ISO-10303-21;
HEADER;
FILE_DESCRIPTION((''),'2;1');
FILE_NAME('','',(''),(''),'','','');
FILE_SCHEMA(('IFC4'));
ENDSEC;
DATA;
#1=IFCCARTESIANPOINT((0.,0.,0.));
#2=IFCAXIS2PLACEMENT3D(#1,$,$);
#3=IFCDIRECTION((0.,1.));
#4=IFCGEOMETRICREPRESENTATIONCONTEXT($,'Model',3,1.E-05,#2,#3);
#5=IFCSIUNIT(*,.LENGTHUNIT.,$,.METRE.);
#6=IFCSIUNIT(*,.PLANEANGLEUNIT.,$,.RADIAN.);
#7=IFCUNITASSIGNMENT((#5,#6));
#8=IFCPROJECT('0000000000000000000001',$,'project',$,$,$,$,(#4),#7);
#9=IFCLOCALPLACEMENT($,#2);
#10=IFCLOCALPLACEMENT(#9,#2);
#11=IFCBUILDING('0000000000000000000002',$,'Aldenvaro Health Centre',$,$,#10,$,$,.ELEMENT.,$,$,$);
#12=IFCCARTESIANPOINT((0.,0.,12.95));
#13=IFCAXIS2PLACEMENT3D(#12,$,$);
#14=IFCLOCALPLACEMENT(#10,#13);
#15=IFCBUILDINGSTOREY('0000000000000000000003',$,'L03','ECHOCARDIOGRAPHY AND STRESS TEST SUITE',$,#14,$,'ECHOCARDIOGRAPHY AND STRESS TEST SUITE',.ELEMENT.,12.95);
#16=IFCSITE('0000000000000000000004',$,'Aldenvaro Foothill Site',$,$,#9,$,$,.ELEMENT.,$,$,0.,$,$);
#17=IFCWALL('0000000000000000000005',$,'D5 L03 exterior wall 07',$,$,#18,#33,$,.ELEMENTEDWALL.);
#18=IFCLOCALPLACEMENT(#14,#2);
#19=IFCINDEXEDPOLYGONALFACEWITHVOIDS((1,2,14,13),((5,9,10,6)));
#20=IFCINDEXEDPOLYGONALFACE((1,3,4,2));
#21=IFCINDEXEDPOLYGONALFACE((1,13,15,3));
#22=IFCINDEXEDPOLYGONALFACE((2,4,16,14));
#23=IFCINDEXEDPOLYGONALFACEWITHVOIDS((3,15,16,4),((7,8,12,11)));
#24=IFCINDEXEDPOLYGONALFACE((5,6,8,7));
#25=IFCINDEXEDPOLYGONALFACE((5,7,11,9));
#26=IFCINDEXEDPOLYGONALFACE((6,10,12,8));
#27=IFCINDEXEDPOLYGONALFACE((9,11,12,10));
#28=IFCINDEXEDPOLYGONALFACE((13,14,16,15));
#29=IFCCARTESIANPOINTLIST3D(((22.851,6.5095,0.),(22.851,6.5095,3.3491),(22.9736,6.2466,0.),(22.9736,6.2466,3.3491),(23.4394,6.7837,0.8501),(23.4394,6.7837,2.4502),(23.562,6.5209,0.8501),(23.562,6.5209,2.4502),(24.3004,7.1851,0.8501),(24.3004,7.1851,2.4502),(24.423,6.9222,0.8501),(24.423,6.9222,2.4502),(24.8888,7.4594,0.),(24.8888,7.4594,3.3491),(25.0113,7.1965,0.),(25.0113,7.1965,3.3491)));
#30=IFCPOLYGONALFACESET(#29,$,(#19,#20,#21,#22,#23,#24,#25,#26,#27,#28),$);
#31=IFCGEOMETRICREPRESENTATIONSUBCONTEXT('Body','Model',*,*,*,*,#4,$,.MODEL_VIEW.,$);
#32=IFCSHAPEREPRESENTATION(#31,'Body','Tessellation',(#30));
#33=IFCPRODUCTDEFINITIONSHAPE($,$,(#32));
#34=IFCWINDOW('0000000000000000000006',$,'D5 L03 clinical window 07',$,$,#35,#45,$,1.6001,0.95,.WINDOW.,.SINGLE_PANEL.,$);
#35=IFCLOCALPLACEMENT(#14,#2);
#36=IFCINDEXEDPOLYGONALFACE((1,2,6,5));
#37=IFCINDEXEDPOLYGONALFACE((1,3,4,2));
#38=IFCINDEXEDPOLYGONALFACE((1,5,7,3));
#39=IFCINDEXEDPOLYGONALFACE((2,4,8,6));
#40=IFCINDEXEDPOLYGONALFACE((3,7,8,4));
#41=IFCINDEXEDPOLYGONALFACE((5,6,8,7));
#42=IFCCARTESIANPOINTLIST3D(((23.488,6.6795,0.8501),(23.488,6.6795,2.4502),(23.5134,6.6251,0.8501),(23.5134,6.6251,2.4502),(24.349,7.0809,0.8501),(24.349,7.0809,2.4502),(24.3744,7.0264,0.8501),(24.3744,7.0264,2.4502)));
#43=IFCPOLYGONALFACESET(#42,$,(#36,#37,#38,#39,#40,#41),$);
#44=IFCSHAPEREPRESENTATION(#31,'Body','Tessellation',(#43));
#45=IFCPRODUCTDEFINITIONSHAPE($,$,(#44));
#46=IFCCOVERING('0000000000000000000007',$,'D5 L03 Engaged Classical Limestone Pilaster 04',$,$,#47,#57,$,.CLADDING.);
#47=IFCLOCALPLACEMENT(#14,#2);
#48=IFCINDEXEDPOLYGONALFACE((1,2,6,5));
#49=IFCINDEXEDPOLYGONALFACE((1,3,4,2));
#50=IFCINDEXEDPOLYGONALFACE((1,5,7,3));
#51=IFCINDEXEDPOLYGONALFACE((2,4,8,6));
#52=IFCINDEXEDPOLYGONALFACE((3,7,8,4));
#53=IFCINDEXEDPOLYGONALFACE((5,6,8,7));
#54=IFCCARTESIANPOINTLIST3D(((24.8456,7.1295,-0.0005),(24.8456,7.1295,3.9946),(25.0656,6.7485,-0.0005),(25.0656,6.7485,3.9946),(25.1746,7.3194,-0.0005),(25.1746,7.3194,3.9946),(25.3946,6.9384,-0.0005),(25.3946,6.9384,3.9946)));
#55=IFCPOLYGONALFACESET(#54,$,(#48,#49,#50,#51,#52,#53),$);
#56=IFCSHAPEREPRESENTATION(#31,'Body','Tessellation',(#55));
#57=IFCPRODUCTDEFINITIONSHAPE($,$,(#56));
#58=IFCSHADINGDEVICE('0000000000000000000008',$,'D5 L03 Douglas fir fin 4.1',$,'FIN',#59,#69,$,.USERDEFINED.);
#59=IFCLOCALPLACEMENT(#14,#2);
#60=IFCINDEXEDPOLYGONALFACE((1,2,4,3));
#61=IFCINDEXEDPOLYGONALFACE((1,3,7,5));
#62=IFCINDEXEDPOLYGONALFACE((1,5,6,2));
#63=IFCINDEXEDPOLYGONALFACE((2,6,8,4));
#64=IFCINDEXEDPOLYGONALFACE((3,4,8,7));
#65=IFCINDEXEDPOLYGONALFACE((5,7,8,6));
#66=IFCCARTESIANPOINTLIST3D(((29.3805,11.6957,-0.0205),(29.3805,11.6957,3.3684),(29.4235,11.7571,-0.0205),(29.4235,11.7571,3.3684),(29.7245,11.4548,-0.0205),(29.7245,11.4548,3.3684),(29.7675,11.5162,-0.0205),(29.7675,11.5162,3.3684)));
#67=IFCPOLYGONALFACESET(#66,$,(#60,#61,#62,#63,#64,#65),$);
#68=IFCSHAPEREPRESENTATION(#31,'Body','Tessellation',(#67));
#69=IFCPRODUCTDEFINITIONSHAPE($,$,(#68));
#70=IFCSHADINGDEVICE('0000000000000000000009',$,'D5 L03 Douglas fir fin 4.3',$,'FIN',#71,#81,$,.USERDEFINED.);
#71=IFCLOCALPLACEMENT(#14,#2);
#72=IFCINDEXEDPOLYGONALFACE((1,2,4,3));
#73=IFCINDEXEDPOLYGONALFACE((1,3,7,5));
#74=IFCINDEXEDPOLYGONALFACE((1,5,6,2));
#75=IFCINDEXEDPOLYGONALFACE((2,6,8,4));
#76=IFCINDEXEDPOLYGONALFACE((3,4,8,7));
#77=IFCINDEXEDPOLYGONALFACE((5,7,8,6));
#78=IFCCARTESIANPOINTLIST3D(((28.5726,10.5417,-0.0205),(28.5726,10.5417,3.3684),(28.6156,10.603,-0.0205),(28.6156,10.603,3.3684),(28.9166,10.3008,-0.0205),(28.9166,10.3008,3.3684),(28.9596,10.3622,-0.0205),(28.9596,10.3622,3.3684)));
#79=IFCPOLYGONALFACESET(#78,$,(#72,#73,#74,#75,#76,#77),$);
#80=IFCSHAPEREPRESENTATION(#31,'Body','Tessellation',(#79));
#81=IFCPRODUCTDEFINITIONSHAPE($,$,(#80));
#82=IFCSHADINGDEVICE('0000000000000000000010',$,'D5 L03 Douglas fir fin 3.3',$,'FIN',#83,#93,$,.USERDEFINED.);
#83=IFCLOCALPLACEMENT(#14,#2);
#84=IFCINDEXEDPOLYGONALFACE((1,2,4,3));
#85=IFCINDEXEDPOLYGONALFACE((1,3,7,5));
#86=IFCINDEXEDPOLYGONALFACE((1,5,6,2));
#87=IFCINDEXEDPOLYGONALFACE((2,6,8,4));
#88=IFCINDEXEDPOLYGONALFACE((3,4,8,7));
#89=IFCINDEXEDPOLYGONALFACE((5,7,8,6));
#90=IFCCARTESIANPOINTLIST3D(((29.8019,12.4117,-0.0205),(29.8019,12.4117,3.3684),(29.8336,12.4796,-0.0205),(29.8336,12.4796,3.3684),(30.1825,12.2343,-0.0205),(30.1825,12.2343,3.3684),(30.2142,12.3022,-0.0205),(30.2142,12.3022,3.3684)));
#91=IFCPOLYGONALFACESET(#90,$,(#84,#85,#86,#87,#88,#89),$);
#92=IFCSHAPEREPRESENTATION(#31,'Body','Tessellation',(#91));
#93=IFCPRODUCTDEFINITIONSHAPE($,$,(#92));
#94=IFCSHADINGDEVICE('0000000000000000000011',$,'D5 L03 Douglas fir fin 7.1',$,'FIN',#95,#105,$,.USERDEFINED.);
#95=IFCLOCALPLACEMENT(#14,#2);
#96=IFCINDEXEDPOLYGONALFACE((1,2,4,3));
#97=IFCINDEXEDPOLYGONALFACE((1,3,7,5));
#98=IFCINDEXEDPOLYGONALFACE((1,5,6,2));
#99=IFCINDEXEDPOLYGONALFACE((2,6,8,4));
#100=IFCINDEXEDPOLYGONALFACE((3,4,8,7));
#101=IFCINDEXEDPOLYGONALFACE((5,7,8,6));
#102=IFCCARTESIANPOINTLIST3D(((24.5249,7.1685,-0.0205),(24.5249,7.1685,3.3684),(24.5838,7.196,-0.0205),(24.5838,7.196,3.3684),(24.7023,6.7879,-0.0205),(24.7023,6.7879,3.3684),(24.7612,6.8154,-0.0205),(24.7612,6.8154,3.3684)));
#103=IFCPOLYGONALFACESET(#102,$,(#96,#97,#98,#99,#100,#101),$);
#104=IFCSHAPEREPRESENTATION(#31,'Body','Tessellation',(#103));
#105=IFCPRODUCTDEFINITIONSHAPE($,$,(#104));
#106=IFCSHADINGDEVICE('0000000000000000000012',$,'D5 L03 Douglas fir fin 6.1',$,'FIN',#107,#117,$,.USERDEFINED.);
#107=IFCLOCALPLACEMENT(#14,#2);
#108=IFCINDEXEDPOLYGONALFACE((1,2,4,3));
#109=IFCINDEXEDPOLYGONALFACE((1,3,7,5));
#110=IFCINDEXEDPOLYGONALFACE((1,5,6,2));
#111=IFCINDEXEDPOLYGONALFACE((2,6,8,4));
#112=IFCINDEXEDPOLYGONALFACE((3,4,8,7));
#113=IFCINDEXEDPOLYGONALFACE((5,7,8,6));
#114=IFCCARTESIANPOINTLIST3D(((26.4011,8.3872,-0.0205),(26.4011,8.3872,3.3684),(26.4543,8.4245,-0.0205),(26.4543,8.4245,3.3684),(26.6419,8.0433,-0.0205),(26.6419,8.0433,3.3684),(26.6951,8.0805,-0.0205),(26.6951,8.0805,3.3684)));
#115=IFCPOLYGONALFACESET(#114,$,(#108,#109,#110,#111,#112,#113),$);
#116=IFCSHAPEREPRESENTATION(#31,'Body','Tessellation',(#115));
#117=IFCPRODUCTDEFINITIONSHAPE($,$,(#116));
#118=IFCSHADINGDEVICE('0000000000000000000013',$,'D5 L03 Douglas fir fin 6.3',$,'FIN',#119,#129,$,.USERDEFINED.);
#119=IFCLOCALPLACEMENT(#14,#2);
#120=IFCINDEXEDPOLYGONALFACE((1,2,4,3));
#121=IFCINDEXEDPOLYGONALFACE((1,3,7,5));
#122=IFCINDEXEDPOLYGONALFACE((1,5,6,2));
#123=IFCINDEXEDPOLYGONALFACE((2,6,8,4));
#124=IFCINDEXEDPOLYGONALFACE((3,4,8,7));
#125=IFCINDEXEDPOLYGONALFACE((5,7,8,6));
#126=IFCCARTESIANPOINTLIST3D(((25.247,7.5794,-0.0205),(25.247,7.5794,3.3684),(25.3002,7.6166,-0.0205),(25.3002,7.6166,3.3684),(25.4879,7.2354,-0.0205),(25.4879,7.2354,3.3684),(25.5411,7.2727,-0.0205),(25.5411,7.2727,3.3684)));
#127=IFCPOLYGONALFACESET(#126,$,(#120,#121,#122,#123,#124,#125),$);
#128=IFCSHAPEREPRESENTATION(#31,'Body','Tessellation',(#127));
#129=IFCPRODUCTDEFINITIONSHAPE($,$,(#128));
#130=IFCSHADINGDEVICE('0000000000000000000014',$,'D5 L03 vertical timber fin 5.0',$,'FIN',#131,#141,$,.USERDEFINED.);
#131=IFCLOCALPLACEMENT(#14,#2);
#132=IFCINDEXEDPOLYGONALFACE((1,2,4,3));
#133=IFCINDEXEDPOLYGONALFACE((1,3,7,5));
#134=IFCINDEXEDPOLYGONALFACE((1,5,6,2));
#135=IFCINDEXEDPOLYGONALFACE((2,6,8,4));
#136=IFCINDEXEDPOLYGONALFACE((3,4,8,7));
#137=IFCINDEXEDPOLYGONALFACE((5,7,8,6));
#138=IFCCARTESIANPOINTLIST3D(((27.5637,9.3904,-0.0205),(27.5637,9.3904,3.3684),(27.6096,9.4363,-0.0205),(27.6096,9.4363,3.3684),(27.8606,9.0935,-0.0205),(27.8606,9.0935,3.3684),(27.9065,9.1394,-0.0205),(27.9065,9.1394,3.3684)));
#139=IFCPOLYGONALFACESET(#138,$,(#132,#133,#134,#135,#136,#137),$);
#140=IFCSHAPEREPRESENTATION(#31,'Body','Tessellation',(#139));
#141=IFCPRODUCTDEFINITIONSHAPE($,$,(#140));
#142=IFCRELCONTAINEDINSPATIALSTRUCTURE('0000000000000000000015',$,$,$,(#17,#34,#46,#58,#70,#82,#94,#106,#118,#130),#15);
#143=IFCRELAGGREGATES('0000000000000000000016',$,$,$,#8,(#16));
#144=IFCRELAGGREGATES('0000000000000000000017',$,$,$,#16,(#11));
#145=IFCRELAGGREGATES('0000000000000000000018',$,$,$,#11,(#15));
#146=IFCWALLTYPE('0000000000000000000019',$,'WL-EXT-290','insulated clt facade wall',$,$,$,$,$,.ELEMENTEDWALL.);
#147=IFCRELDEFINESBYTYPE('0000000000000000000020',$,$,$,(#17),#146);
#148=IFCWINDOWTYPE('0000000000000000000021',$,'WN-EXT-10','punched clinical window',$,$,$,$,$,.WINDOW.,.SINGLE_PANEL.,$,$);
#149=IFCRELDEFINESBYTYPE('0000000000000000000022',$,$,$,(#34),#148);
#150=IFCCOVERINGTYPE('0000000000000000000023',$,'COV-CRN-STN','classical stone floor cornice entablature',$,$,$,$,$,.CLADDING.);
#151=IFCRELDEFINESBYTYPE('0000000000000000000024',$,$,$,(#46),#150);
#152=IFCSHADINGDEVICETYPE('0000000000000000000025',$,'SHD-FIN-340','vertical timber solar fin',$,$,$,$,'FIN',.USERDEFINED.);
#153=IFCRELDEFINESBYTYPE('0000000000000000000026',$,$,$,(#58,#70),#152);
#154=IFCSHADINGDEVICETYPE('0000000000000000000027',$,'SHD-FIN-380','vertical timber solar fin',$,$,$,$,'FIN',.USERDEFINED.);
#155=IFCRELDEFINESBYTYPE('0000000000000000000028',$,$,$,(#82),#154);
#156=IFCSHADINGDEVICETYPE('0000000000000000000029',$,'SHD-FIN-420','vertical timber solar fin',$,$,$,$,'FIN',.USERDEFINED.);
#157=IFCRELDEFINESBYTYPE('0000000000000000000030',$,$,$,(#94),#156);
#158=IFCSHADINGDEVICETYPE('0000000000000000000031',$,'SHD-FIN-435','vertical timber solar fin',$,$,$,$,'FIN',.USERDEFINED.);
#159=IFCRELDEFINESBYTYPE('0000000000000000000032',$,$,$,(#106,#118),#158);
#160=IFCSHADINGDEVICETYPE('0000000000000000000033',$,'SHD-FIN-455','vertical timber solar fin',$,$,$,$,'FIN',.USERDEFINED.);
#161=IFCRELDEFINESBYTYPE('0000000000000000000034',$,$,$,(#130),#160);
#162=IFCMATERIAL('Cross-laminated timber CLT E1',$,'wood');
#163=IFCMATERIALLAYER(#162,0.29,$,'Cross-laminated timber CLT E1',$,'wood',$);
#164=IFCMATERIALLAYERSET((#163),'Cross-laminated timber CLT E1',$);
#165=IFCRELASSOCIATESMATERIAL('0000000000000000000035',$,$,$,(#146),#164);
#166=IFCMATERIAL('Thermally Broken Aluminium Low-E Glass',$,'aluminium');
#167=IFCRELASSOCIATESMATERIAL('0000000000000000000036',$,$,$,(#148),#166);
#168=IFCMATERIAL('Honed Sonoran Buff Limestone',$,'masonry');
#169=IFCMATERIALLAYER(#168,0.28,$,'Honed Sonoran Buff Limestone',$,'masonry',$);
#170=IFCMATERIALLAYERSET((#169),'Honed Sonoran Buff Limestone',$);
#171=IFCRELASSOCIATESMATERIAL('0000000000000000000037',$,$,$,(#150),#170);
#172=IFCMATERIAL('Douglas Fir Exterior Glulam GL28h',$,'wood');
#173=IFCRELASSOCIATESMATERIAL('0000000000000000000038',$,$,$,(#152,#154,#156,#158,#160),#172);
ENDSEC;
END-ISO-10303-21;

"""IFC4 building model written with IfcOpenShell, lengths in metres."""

from ifc_helpers import new_model, si_unit, direction, frame, frame_2d, origin, origin_2d, place, context, subcontext, project, spatial, rectangle, extrude, material, layer, layer_set, type_object, element, fill, save


model = new_model("IFC4")

# Units and contexts
model_context = context("Model", 3, precision=1e-05, world=origin(), true_north=direction((0.0, 1.0)))
body_context = subcontext(model_context, "Body", "Model", "MODEL_VIEW")
ifc_project = project(units=[si_unit("LENGTHUNIT", "METRE"), si_unit("PLANEANGLEUNIT", "RADIAN")], contexts=[model_context])

# Site, building, storey
site_placement = place(None, origin())
site = spatial("IfcSite", under=ifc_project, at=site_placement, Name="Aldenvaro Foothill Site", CompositionType="ELEMENT", RefElevation=0.0)
building_placement = place(site_placement, origin())
building = spatial("IfcBuilding", under=site, at=building_placement, Name="Aldenvaro Health Centre", CompositionType="ELEMENT")
storey_placement = place(building_placement, frame((0.0, 0.0, 12.95)))
storey = spatial("IfcBuildingStorey", under=building, at=storey_placement, Name="L03", Description="ECHOCARDIOGRAPHY AND STRESS TEST SUITE", LongName="ECHOCARDIOGRAPHY AND STRESS TEST SUITE", CompositionType="ELEMENT", Elevation=12.95)

# Wall, opening, window
ifc_material_1 = material(Name="Cross-laminated timber CLT E1", Category="wood")
ifc_layer_1 = layer(ifc_material_1, 0.29, Name="Cross-laminated timber CLT E1", Category="wood")
ifc_layer_set_1 = layer_set([ifc_layer_1], Name="Cross-laminated timber CLT E1")
wall_type_1 = type_object("IfcWallType", Name="WL-EXT-290", Description="insulated clt facade wall", PredefinedType="ELEMENTEDWALL", material=ifc_layer_set_1)
ifc_material_2 = material(Name="Thermally Broken Aluminium Low-E Glass", Category="aluminium")
wall_1_placement = place(storey_placement, frame((24.95, 7.3279, 0.0), z_axis=(0.0, 0.0, 1.0), x_axis=(-0.906361, -0.422505, 0.0)))
wall_1 = element("IfcWall", 1, at=wall_1_placement, inside=storey, type_object=wall_type_1, Name="D5 L03 exterior wall 07", PredefinedType="ELEMENTEDWALL", context=body_context, shape_type="SweptSolid", body=[
    extrude(rectangle(XDim=2.2483, YDim=0.29, at=frame_2d((1.124, 0.0))), origin(), (0.0, 0.0, 1.0), 3.3491),
])
opening_1_placement = place(wall_1_placement, frame((0.6489, 0.0, 0.8501)))
opening_1 = element("IfcOpeningElement", 2, at=opening_1_placement, cuts=wall_1, PredefinedType="OPENING", context=body_context, shape_type="SweptSolid", body=[
    extrude(rectangle(XDim=0.95, YDim=1.6001, at=frame_2d((0.4751, 0.8))), frame((0.0, 0.155, 0.0), z_axis=(0.0, -1.0, 0.0), x_axis=(1.0, 0.0, 0.0)), (0.0, 0.0, 1.0), 0.3101),
])
window_type_1 = type_object("IfcWindowType", Name="WN-EXT-10", Description="punched clinical window", PartitioningType="SINGLE_PANEL", PredefinedType="WINDOW", material=ifc_material_2)
window_1_placement = place(opening_1_placement, origin())
window_1 = element("IfcWindow", 3, at=window_1_placement, inside=storey, type_object=window_type_1, Name="D5 L03 clinical window 07", OverallHeight=1.6001, OverallWidth=0.95, PartitioningType="SINGLE_PANEL", PredefinedType="WINDOW", context=body_context, shape_type="SweptSolid", body=[
    extrude(rectangle(XDim=0.95, YDim=1.6001, at=frame_2d((0.4751, 0.8))), frame((0.0, 0.03, 0.0), z_axis=(0.0, -1.0, 0.0), x_axis=(1.0, 0.0, 0.0)), (0.0, 0.0, 1.0), 0.0601),
])
fill(opening_1, window_1)

# Covering
ifc_material_3 = material(Name="Honed Sonoran Buff Limestone", Category="masonry")
ifc_layer_2 = layer(ifc_material_3, 0.28, Name="Honed Sonoran Buff Limestone", Category="masonry")
ifc_layer_set_2 = layer_set([ifc_layer_2], Name="Honed Sonoran Buff Limestone")
covering_type = type_object("IfcCoveringType", Name="COV-CRN-STN", Description="classical stone floor cornice entablature", PredefinedType="CLADDING", material=ifc_layer_set_2)
covering_placement = place(storey_placement, frame((25.1201, 7.0339, -0.0005), z_axis=(0.0, 0.0, 1.0), x_axis=(0.499991, -0.866031, 0.0)))
element("IfcCovering", 4, at=covering_placement, inside=storey, type_object=covering_type, Name="D5 L03 Engaged Classical Limestone Pilaster 04", PredefinedType="CLADDING", context=body_context, shape_type="SweptSolid", body=[
    extrude(rectangle(XDim=0.4399, YDim=0.3799, at=origin_2d()), origin(), (0.0, 0.0, 1.0), 3.9951),
])

# Shading devices
ifc_material_4 = material(Name="Douglas Fir Exterior Glulam GL28h", Category="wood")
shading_device_type_1 = type_object("IfcShadingDeviceType", Name="SHD-FIN-340", Description="vertical timber solar fin", ElementType="FIN", PredefinedType="USERDEFINED", material=ifc_material_4)
for number, where, z_axis, x_axis, name in (
    (5, (29.574, 11.606, -0.0205), (0.0, 0.0, 1.0), (-0.573641, -0.819107, 0.0), "D5 L03 Douglas fir fin 4.1"),
    (6, (28.7661, 10.4519, -0.0205), (0.0, 0.0, 1.0), (-0.573641, -0.819107, 0.0), "D5 L03 Douglas fir fin 4.3"),
):
    element("IfcShadingDevice", number, at=place(storey_placement, frame(where, z_axis=z_axis, x_axis=x_axis)), inside=storey, type_object=shading_device_type_1, Name=name, ObjectType="FIN", PredefinedType="USERDEFINED", context=body_context, shape_type="SweptSolid", body=[
        extrude(rectangle(XDim=0.075, YDim=0.4199, at=origin_2d()), origin(), (0.0, 0.0, 1.0), 3.3889),
    ])
shading_device_type_2 = type_object("IfcShadingDeviceType", Name="SHD-FIN-380", Description="vertical timber solar fin", ElementType="FIN", PredefinedType="USERDEFINED", material=ifc_material_4)
shading_device_1_placement = place(storey_placement, frame((30.0081, 12.3569, -0.0205), z_axis=(0.0, 0.0, 1.0), x_axis=(-0.422496, -0.906365, 0.0)))
element("IfcShadingDevice", 7, at=shading_device_1_placement, inside=storey, type_object=shading_device_type_2, Name="D5 L03 Douglas fir fin 3.3", ObjectType="FIN", PredefinedType="USERDEFINED", context=body_context, shape_type="SweptSolid", body=[
    extrude(rectangle(XDim=0.075, YDim=0.4199, at=origin_2d()), origin(), (0.0, 0.0, 1.0), 3.3889),
])
shading_device_type_3 = type_object("IfcShadingDeviceType", Name="SHD-FIN-420", Description="vertical timber solar fin", ElementType="FIN", PredefinedType="USERDEFINED", material=ifc_material_4)
shading_device_2_placement = place(storey_placement, frame((24.6431, 6.9919, -0.0205), z_axis=(0.0, 0.0, 1.0), x_axis=(-0.906365, -0.422496, 0.0)))
element("IfcShadingDevice", 8, at=shading_device_2_placement, inside=storey, type_object=shading_device_type_3, Name="D5 L03 Douglas fir fin 7.1", ObjectType="FIN", PredefinedType="USERDEFINED", context=body_context, shape_type="SweptSolid", body=[
    extrude(rectangle(XDim=0.0649, YDim=0.4199, at=origin_2d()), origin(), (0.0, 0.0, 1.0), 3.3889),
])
shading_device_type_4 = type_object("IfcShadingDeviceType", Name="SHD-FIN-435", Description="vertical timber solar fin", ElementType="FIN", PredefinedType="USERDEFINED", material=ifc_material_4)
for number, where, z_axis, x_axis, name in (
    (9, (26.5481, 8.2339, -0.0205), (0.0, 0.0, 1.0), (-0.819107, -0.573641, 0.0), "D5 L03 Douglas fir fin 6.1"),
    (10, (25.394, 7.426, -0.0205), (0.0, 0.0, 1.0), (-0.819107, -0.573641, 0.0), "D5 L03 Douglas fir fin 6.3"),
):
    element("IfcShadingDevice", number, at=place(storey_placement, frame(where, z_axis=z_axis, x_axis=x_axis)), inside=storey, type_object=shading_device_type_4, Name=name, ObjectType="FIN", PredefinedType="USERDEFINED", context=body_context, shape_type="SweptSolid", body=[
        extrude(rectangle(XDim=0.0649, YDim=0.4199, at=origin_2d()), origin(), (0.0, 0.0, 1.0), 3.3889),
    ])
shading_device_type_5 = type_object("IfcShadingDeviceType", Name="SHD-FIN-455", Description="vertical timber solar fin", ElementType="FIN", PredefinedType="USERDEFINED", material=ifc_material_4)
shading_device_3_placement = place(storey_placement, frame((27.7351, 9.2649, -0.0205), z_axis=(0.0, 0.0, 1.0), x_axis=(-0.707107, -0.707107, 0.0)))
element("IfcShadingDevice", 11, at=shading_device_3_placement, inside=storey, type_object=shading_device_type_5, Name="D5 L03 vertical timber fin 5.0", ObjectType="FIN", PredefinedType="USERDEFINED", context=body_context, shape_type="SweptSolid", body=[
    extrude(rectangle(XDim=0.0649, YDim=0.4199, at=origin_2d()), origin(), (0.0, 0.0, 1.0), 3.3889),
])

save(model, "model.ifc")
